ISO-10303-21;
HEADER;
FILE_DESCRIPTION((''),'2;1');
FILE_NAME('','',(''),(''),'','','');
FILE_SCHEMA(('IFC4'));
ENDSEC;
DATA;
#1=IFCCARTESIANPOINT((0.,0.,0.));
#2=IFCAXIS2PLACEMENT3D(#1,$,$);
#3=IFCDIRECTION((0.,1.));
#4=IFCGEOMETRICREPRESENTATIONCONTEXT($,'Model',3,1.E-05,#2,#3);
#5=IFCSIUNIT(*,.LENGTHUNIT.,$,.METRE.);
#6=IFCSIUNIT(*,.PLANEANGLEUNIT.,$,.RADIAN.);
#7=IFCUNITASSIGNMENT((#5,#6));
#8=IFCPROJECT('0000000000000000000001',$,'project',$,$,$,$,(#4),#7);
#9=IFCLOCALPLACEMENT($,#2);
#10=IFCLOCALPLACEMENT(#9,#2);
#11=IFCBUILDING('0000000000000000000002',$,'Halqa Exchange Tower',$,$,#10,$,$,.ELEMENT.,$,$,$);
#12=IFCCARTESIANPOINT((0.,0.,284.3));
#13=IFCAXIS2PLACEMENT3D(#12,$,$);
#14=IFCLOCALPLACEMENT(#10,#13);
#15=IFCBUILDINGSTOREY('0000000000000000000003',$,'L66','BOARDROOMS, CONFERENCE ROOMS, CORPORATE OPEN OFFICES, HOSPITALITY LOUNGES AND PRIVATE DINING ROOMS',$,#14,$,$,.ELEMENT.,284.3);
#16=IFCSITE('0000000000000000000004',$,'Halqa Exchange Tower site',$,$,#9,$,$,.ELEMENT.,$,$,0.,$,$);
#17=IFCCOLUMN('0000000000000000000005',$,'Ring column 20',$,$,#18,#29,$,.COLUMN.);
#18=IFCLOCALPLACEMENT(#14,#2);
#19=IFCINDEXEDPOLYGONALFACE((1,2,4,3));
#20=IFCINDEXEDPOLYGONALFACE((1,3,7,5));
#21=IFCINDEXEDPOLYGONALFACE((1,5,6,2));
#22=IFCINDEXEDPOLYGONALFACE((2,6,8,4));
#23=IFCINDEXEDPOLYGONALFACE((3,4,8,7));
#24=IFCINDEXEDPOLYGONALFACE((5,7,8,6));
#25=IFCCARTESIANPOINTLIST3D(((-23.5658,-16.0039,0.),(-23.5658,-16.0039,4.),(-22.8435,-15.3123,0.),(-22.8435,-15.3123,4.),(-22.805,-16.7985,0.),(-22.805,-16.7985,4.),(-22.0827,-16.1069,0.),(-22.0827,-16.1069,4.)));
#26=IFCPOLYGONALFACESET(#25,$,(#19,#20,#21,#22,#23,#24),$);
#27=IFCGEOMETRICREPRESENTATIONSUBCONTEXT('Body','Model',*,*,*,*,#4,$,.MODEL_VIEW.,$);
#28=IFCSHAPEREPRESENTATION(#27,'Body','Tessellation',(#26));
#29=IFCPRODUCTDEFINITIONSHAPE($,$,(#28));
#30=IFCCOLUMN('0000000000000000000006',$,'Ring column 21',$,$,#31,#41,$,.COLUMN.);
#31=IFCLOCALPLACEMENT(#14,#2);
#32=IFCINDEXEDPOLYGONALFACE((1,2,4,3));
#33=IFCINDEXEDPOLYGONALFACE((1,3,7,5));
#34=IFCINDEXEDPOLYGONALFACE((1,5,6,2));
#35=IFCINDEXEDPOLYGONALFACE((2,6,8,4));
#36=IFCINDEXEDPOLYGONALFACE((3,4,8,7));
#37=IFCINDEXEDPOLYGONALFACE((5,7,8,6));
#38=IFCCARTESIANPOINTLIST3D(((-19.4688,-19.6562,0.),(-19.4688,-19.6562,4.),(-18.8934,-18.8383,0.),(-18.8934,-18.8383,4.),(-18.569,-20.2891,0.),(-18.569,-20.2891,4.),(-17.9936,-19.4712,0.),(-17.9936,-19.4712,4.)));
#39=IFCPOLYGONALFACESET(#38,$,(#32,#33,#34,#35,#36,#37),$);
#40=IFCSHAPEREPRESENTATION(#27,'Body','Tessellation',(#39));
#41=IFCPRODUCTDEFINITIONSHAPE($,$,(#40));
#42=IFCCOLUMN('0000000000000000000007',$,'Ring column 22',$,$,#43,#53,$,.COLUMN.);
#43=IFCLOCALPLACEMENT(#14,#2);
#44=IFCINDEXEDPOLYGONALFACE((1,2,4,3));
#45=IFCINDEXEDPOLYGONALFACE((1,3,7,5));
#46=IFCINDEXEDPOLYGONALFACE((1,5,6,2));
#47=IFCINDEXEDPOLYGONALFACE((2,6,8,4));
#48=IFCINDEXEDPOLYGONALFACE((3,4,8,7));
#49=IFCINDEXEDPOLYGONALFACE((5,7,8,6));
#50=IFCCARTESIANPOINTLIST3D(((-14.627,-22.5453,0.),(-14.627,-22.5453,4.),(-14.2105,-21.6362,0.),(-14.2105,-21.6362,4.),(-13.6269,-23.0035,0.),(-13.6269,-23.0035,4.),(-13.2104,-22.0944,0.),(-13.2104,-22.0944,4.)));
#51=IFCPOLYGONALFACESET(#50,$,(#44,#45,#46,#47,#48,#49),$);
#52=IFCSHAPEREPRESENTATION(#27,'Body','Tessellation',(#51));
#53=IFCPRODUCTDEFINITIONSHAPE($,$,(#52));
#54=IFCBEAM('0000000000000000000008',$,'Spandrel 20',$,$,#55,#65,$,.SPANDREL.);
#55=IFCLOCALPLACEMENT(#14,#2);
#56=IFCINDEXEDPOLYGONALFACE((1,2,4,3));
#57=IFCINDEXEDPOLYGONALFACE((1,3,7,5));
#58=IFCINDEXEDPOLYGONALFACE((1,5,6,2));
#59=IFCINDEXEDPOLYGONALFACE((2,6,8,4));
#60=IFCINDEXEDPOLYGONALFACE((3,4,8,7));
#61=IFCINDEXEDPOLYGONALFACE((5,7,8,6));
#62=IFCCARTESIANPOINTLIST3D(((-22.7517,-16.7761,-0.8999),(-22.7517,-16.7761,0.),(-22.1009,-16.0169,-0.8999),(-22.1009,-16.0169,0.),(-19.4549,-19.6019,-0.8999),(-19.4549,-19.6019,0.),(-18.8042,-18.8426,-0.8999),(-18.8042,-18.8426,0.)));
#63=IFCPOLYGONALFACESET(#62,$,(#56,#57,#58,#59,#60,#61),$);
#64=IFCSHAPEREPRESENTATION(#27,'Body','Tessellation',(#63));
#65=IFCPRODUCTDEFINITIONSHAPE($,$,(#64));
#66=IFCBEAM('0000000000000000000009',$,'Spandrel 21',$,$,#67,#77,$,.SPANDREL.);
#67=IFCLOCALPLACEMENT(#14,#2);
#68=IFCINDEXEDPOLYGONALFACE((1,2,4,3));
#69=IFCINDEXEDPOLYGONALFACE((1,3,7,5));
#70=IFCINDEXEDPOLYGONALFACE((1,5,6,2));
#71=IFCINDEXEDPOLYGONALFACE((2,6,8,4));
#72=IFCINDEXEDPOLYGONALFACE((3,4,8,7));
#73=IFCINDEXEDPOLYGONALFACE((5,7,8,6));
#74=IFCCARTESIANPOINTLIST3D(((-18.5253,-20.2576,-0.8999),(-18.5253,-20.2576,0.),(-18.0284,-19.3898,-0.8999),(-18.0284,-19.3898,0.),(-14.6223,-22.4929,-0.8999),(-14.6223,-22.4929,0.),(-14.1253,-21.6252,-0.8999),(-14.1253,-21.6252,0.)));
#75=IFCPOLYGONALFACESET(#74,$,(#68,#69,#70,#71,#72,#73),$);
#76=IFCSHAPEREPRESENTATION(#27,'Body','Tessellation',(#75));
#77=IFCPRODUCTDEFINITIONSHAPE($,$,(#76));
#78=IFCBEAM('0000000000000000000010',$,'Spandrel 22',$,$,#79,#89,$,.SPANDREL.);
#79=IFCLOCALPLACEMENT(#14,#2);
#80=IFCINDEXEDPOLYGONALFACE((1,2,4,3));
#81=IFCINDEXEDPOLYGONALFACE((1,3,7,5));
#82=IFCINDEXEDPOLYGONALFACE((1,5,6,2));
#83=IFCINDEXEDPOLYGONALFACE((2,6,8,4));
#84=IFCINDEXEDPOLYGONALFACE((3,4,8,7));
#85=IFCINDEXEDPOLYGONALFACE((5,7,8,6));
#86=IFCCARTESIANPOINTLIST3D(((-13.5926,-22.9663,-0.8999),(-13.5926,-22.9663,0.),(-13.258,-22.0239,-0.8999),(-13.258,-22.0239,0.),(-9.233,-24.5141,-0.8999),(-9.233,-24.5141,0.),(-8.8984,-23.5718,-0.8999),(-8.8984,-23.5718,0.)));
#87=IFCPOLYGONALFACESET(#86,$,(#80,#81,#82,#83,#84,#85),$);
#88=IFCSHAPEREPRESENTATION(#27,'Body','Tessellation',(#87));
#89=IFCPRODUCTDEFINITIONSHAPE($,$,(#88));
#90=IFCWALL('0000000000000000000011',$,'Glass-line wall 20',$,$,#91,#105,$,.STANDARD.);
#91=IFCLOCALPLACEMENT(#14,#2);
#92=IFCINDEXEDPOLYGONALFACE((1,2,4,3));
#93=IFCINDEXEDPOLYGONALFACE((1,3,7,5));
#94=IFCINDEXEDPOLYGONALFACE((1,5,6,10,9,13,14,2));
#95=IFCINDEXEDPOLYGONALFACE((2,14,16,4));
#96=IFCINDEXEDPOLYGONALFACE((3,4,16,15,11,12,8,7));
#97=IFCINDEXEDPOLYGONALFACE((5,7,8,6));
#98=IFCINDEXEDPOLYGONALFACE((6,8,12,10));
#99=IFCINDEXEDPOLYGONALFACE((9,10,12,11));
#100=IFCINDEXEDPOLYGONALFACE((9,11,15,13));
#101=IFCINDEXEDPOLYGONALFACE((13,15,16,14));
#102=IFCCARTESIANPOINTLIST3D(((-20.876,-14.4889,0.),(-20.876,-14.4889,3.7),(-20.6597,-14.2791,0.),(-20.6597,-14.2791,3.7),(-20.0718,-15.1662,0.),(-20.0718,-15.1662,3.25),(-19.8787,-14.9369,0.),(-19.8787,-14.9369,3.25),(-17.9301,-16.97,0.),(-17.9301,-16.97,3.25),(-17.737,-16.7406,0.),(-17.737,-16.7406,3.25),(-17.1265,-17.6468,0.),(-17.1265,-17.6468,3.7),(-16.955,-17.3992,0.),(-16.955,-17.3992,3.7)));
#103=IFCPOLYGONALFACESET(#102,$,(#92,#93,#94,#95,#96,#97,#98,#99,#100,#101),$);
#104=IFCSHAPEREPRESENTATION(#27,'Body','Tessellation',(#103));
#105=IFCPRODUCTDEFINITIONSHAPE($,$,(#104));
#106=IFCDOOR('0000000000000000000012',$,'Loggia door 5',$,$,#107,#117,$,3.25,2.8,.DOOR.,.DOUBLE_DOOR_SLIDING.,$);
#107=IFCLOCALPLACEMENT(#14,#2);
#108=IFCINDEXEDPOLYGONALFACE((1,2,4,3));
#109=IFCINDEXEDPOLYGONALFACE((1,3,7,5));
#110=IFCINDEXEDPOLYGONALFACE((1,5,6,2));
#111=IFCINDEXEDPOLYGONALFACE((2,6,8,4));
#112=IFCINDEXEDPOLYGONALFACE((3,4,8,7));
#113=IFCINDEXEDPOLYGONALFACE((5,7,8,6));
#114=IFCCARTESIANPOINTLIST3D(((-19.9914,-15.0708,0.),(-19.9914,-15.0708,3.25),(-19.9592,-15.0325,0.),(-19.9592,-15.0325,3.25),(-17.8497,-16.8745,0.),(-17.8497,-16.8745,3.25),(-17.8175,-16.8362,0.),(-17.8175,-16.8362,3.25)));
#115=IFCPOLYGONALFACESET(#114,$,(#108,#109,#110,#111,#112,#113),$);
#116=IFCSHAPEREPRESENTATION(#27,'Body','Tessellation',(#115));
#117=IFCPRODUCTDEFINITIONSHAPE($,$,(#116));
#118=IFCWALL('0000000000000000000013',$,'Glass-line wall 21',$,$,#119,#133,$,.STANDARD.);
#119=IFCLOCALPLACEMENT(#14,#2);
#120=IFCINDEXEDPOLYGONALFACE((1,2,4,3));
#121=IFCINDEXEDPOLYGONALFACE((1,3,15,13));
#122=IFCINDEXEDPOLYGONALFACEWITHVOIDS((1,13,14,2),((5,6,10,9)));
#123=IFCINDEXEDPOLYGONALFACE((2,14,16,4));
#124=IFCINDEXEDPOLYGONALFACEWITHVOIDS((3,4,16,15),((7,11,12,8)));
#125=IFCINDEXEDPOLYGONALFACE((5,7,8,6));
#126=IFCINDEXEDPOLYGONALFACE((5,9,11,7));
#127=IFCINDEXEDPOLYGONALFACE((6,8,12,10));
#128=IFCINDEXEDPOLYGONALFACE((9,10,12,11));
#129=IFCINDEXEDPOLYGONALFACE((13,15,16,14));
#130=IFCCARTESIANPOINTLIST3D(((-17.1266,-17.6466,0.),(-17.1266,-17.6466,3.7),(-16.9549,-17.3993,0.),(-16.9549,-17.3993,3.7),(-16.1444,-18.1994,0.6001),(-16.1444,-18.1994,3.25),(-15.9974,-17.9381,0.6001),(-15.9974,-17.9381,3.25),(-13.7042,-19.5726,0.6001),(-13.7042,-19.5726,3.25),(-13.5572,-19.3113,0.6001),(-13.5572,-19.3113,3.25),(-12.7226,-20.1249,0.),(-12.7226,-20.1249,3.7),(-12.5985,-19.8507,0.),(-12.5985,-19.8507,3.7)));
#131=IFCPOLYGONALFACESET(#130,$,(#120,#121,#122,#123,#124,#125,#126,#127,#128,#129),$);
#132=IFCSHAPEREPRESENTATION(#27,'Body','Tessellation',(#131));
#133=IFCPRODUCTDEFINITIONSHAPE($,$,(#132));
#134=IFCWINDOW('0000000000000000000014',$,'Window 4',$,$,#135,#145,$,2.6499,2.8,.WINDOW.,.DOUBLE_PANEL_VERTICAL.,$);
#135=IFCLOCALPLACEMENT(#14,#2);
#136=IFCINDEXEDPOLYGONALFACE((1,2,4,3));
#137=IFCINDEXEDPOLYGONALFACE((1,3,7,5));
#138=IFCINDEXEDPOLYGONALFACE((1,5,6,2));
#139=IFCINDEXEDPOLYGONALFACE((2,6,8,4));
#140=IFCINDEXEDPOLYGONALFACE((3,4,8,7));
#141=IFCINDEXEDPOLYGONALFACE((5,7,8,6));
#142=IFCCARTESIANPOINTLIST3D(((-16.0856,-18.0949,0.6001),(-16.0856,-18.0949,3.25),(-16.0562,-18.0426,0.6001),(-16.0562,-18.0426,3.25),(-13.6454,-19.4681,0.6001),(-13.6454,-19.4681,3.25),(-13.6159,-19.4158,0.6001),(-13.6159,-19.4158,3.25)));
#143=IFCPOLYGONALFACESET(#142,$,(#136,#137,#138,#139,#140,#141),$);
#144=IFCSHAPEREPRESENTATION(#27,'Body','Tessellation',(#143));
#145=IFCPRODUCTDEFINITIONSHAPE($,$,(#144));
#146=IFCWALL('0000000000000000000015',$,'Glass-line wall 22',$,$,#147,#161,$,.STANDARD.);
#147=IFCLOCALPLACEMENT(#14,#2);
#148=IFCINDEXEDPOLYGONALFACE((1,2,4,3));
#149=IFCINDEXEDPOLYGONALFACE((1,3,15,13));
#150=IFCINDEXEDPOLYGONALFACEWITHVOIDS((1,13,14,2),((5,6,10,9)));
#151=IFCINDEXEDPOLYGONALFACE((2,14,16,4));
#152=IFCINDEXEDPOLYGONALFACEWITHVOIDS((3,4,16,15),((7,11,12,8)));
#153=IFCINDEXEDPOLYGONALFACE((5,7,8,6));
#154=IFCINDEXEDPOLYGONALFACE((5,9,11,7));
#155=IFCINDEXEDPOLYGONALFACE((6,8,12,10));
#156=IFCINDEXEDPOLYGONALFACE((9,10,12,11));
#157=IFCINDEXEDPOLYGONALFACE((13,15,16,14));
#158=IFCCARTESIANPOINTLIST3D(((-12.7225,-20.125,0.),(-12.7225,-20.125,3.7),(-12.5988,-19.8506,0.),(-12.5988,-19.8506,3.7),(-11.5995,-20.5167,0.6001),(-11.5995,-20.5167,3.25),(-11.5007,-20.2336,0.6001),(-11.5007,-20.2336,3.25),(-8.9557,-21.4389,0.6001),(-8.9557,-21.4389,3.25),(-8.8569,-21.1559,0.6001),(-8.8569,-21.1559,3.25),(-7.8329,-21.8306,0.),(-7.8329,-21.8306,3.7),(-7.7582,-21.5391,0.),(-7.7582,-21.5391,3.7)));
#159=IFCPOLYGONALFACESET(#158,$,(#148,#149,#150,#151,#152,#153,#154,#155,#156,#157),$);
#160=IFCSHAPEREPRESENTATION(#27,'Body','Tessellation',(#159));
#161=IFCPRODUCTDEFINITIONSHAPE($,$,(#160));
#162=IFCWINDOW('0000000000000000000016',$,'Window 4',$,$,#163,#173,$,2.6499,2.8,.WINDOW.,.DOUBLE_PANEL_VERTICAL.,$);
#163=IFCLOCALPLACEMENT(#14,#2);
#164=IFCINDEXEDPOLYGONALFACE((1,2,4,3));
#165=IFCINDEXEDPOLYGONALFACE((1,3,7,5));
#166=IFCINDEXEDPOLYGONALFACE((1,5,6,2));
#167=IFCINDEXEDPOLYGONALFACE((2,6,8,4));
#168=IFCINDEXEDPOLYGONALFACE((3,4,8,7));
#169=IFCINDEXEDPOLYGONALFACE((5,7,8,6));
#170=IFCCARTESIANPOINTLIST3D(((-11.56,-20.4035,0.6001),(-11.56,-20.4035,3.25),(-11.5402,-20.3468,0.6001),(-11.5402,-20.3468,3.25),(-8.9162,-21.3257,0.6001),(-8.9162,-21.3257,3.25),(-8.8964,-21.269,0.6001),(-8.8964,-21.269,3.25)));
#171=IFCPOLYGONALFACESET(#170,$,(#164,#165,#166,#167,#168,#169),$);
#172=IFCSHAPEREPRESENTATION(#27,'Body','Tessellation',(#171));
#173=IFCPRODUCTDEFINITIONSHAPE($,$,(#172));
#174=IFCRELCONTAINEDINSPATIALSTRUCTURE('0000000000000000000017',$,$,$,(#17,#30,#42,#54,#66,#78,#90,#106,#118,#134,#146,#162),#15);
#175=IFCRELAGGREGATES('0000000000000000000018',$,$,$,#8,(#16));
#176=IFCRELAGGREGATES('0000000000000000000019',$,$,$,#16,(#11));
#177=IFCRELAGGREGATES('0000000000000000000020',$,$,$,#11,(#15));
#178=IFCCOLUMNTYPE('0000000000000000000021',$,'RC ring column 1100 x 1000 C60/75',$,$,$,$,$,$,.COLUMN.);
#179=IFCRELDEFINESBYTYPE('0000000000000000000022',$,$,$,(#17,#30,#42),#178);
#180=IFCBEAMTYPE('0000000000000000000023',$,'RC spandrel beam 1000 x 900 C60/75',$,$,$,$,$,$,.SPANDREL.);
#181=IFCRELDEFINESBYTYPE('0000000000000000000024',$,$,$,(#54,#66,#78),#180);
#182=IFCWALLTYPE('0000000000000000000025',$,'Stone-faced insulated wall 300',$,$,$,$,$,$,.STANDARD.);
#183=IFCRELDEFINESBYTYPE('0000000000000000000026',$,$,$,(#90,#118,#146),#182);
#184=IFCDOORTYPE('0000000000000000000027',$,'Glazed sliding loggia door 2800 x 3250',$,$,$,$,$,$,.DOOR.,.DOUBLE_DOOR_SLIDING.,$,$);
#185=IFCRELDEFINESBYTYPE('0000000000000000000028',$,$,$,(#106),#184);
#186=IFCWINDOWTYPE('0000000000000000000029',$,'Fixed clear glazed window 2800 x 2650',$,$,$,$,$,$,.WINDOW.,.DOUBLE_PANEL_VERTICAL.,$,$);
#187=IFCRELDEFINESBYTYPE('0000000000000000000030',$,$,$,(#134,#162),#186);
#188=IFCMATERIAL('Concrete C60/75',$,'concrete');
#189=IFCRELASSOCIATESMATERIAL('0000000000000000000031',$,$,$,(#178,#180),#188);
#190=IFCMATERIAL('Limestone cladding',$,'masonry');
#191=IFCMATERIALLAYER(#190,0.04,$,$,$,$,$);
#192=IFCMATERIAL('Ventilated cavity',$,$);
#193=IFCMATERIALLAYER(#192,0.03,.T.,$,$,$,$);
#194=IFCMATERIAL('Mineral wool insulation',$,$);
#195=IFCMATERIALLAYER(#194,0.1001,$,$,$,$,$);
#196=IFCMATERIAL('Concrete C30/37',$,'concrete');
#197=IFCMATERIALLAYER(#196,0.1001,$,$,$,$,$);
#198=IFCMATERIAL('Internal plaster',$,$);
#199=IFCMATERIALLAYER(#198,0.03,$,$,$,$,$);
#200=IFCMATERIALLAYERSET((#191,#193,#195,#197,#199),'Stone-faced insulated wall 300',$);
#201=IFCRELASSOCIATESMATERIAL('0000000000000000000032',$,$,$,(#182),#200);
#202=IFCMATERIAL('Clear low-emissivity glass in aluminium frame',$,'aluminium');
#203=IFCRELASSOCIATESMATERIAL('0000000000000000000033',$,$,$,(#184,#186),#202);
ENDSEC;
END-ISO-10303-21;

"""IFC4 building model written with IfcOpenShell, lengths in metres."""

from ifc_helpers import new_model, si_unit, direction, frame, frame_2d, origin, origin_2d, place, context, subcontext, project, spatial, polyline, rectangle, outline, extrude, material, layer, layer_set, material_profile, profile_set, type_object, element, fill, save


model = new_model("IFC4")

# Units and contexts
model_context = context("Model", 3, precision=1e-05, world=origin(), true_north=direction((0.0, 1.0)))
body_context = subcontext(model_context, "Body", "Model", "MODEL_VIEW")
ifc_project = project(units=[si_unit("LENGTHUNIT", "METRE"), si_unit("PLANEANGLEUNIT", "RADIAN")], contexts=[model_context])

# Site, building, storey
site_placement = place(None, origin())
site = spatial("IfcSite", under=ifc_project, at=site_placement, Name="Halqa Exchange Tower site", CompositionType="ELEMENT", RefElevation=0.0)
building_placement = place(site_placement, origin())
building = spatial("IfcBuilding", under=site, at=building_placement, Name="Halqa Exchange Tower", CompositionType="ELEMENT")
storey_placement = place(building_placement, frame((0.0, 0.0, 284.3)))
storey = spatial("IfcBuildingStorey", under=building, at=storey_placement, Name="L66", Description="BOARDROOMS, CONFERENCE ROOMS, CORPORATE OPEN OFFICES, HOSPITALITY LOUNGES AND PRIVATE DINING ROOMS", CompositionType="ELEMENT", Elevation=284.3)

# Columns
ifc_material_1 = material(Name="Concrete C60/75", Category="concrete")
ifc_material_profile_1 = material_profile(ifc_material_1, rectangle(XDim=1.1001, YDim=1.0, at=origin_2d()), Name="1100 x 1000")
ifc_profile_set_1 = profile_set([ifc_material_profile_1], Name="Concrete C60/75")
column_type = type_object("IfcColumnType", Name="RC ring column 1100 x 1000 C60/75", PredefinedType="COLUMN", material=ifc_profile_set_1)
for number, where, z_axis, x_axis, name in (
    (1, (-22.8242, -16.0554, 0.0), (0.0, 0.0, 1.0), (0.691577, -0.722302, 0.0), "Ring column 20"),
    (2, (-18.7312, -19.5637, 0.0), (0.0, 0.0, 1.0), (0.817907, -0.575351, 0.0), "Ring column 21"),
    (3, (-13.9187, -22.3198, 0.0), (0.0, 0.0, 1.0), (0.909129, -0.416514, 0.0), "Ring column 22"),
):
    element("IfcColumn", number, at=place(storey_placement, frame(where, z_axis=z_axis, x_axis=x_axis)), inside=storey, type_object=column_type, Name=name, PredefinedType="COLUMN", context=body_context, shape_type="SweptSolid", body=[
        extrude(rectangle(XDim=1.1001, YDim=1.0, at=origin_2d()), origin(), (0.0, 0.0, 1.0), 4.0),
    ])

# Beams
ifc_material_profile_2 = material_profile(ifc_material_1, rectangle(XDim=1.0, YDim=0.8999, at=origin_2d()), Name="1000 x 900")
ifc_profile_set_2 = profile_set([ifc_material_profile_2], Name="Concrete C60/75")
beam_type = type_object("IfcBeamType", Name="RC spandrel beam 1000 x 900 C60/75", PredefinedType="SPANDREL", material=ifc_profile_set_2)
beam_1_placement = place(storey_placement, frame((-22.4263, -16.3965, -0.45), z_axis=(0.759257, -0.650791, 0.0), x_axis=(0.650791, 0.759257, 0.0)))
element("IfcBeam", 4, at=beam_1_placement, inside=storey, type_object=beam_type, Name="Spandrel 20", PredefinedType="SPANDREL", context=body_context, shape_type="SweptSolid", body=[
    extrude(rectangle(XDim=1.0, YDim=0.8999, at=origin_2d()), origin(), (0.0, 0.0, 1.0), 4.342),
])
beam_2_placement = place(storey_placement, frame((-18.2769, -19.8237, -0.45), z_axis=(0.867762, -0.49698, 0.0), x_axis=(0.49698, 0.867762, 0.0)))
element("IfcBeam", 5, at=beam_2_placement, inside=storey, type_object=beam_type, Name="Spandrel 21", PredefinedType="SPANDREL", context=body_context, shape_type="SweptSolid", body=[
    extrude(rectangle(XDim=1.0, YDim=0.8999, at=origin_2d()), origin(), (0.0, 0.0, 1.0), 4.4978),
])
beam_3_placement = place(storey_placement, frame((-13.4253, -22.4951, -0.45), z_axis=(0.942367, -0.334581, 0.0), x_axis=(0.334581, 0.942367, 0.0)))
element("IfcBeam", 6, at=beam_3_placement, inside=storey, type_object=beam_type, Name="Spandrel 22", PredefinedType="SPANDREL", context=body_context, shape_type="SweptSolid", body=[
    extrude(rectangle(XDim=1.0, YDim=0.8999, at=origin_2d()), origin(), (0.0, 0.0, 1.0), 4.6262),
])

# Wall, opening, door
ifc_material_2 = material(Name="Limestone cladding", Category="masonry")
ifc_layer_1 = layer(ifc_material_2, 0.04)
ifc_material_3 = material(Name="Ventilated cavity")
ifc_layer_2 = layer(ifc_material_3, 0.03, ventilated=True)
ifc_material_4 = material(Name="Mineral wool insulation")
ifc_layer_3 = layer(ifc_material_4, 0.1001)
ifc_material_5 = material(Name="Concrete C30/37", Category="concrete")
ifc_layer_4 = layer(ifc_material_5, 0.1001)
ifc_material_6 = material(Name="Internal plaster")
ifc_layer_5 = layer(ifc_material_6, 0.03)
ifc_layer_set_1 = layer_set([ifc_layer_1, ifc_layer_2, ifc_layer_3, ifc_layer_4, ifc_layer_5], Name="Stone-faced insulated wall 300")
wall_type_1 = type_object("IfcWallType", Name="Stone-faced insulated wall 300", PredefinedType="STANDARD", material=ifc_layer_set_1)
wall_1_placement = place(storey_placement, frame((-20.7678, -14.384, 0.0), z_axis=(0.0, 0.0, 1.0), x_axis=(0.764876, -0.644177, 0.0)))
wall_1 = element("IfcWall", 7, at=wall_1_placement, inside=storey, type_object=wall_type_1, Name="Glass-line wall 20", PredefinedType="STANDARD", context=body_context, shape_type="SweptSolid", body=[
    extrude(outline(polyline([(-0.0151, -0.1499), (4.887, -0.1499), (4.8586, 0.1499), (0.0151, 0.1499), (-0.0151, -0.1499)])), origin(), (0.0, 0.0, 1.0), 3.7),
])
opening_1_placement = place(wall_1_placement, frame((1.0364, 0.0, 0.0)))
opening_1 = element("IfcOpeningElement", 8, at=opening_1_placement, cuts=wall_1, PredefinedType="OPENING", context=body_context, shape_type="SweptSolid", body=[
    extrude(rectangle(XDim=2.8, YDim=3.25, at=frame_2d((1.3999, 1.625))), frame((0.0, 0.1621, 0.0), z_axis=(0.0, -1.0, 0.0), x_axis=(1.0, 0.0, 0.0)), (0.0, 0.0, 1.0), 0.324),
])
ifc_material_7 = material(Name="Clear low-emissivity glass in aluminium frame", Category="aluminium")
door_type_1 = type_object("IfcDoorType", Name="Glazed sliding loggia door 2800 x 3250", OperationType="DOUBLE_DOOR_SLIDING", PredefinedType="DOOR", material=ifc_material_7)
door_1_placement = place(opening_1_placement, origin())
door_1 = element("IfcDoor", 9, at=door_1_placement, inside=storey, type_object=door_type_1, Name="Loggia door 5", OperationType="DOUBLE_DOOR_SLIDING", OverallHeight=3.25, OverallWidth=2.8, PredefinedType="DOOR", context=body_context, shape_type="SweptSolid", body=[
    extrude(rectangle(XDim=2.8, YDim=3.25, at=frame_2d((1.3999, 1.625))), frame((0.0, 0.0249, 0.0), z_axis=(0.0, -1.0, 0.0), x_axis=(1.0, 0.0, 0.0)), (0.0, 0.0, 1.0), 0.05),
])
fill(opening_1, door_1)

# Walls, openings, windows
wall_2_placement = place(storey_placement, frame((-17.0408, -17.5229, 0.0), z_axis=(0.0, 0.0, 1.0), x_axis=(0.871489, -0.490416, 0.0)))
wall_2 = element("IfcWall", 10, at=wall_2_placement, inside=storey, type_object=wall_type_1, Name="Glass-line wall 21", PredefinedType="STANDARD", context=body_context, shape_type="SweptSolid", body=[
    extrude(outline(polyline([(-0.0142, -0.1499), (5.0393, -0.1499), (5.0129, 0.1499), (0.0142, 0.1499), (-0.0142, -0.1499)])), origin(), (0.0, 0.0, 1.0), 3.7),
])
opening_2_placement = place(wall_2_placement, frame((1.113, 0.0, 0.6001)))
opening_2 = element("IfcOpeningElement", 11, at=opening_2_placement, cuts=wall_2, PredefinedType="OPENING", context=body_context, shape_type="SweptSolid", body=[
    extrude(rectangle(XDim=2.8, YDim=2.6499, at=frame_2d((1.3999, 1.325))), frame((0.0, 0.1621, 0.0), z_axis=(0.0, -1.0, 0.0), x_axis=(1.0, 0.0, 0.0)), (0.0, 0.0, 1.0), 0.324),
])
window_type = type_object("IfcWindowType", Name="Fixed clear glazed window 2800 x 2650", PartitioningType="DOUBLE_PANEL_VERTICAL", PredefinedType="WINDOW", material=ifc_material_7)
window_1_placement = place(opening_2_placement, origin())
window_1 = element("IfcWindow", 12, at=window_1_placement, inside=storey, type_object=window_type, Name="Window 4", OverallHeight=2.6499, OverallWidth=2.8, PartitioningType="DOUBLE_PANEL_VERTICAL", PredefinedType="WINDOW", context=body_context, shape_type="SweptSolid", body=[
    extrude(rectangle(XDim=2.8, YDim=2.6499, at=frame_2d((1.3999, 1.325))), frame((0.0, 0.03, 0.0), z_axis=(0.0, -1.0, 0.0), x_axis=(1.0, 0.0, 0.0)), (0.0, 0.0, 1.0), 0.0601),
])
fill(opening_2, window_1)
wall_3_placement = place(storey_placement, frame((-12.6606, -19.9878, 0.0), z_axis=(0.0, 0.0, 1.0), x_axis=(0.944204, -0.32936, 0.0)))
wall_3 = element("IfcWall", 13, at=wall_3_placement, inside=storey, type_object=wall_type_1, Name="Glass-line wall 22", PredefinedType="STANDARD", context=body_context, shape_type="SweptSolid", body=[
    extrude(outline(polyline([(-0.0132, -0.1499), (5.1653, -0.1499), (5.1399, 0.1499), (0.0132, 0.1499), (-0.0132, -0.1499)])), origin(), (0.0, 0.0, 1.0), 3.7),
])
opening_3_placement = place(wall_3_placement, frame((1.1763, 0.0, 0.6001)))
opening_3 = element("IfcOpeningElement", 14, at=opening_3_placement, cuts=wall_3, PredefinedType="OPENING", context=body_context, shape_type="SweptSolid", body=[
    extrude(rectangle(XDim=2.8, YDim=2.6499, at=frame_2d((1.3999, 1.325))), frame((0.0, 0.1621, 0.0), z_axis=(0.0, -1.0, 0.0), x_axis=(1.0, 0.0, 0.0)), (0.0, 0.0, 1.0), 0.324),
])
window_2_placement = place(opening_3_placement, origin())
window_2 = element("IfcWindow", 15, at=window_2_placement, inside=storey, type_object=window_type, Name="Window 4", OverallHeight=2.6499, OverallWidth=2.8, PartitioningType="DOUBLE_PANEL_VERTICAL", PredefinedType="WINDOW", context=body_context, shape_type="SweptSolid", body=[
    extrude(rectangle(XDim=2.8, YDim=2.6499, at=frame_2d((1.3999, 1.325))), frame((0.0, 0.03, 0.0), z_axis=(0.0, -1.0, 0.0), x_axis=(1.0, 0.0, 0.0)), (0.0, 0.0, 1.0), 0.0601),
])
fill(opening_3, window_2)

save(model, "model.ifc")
